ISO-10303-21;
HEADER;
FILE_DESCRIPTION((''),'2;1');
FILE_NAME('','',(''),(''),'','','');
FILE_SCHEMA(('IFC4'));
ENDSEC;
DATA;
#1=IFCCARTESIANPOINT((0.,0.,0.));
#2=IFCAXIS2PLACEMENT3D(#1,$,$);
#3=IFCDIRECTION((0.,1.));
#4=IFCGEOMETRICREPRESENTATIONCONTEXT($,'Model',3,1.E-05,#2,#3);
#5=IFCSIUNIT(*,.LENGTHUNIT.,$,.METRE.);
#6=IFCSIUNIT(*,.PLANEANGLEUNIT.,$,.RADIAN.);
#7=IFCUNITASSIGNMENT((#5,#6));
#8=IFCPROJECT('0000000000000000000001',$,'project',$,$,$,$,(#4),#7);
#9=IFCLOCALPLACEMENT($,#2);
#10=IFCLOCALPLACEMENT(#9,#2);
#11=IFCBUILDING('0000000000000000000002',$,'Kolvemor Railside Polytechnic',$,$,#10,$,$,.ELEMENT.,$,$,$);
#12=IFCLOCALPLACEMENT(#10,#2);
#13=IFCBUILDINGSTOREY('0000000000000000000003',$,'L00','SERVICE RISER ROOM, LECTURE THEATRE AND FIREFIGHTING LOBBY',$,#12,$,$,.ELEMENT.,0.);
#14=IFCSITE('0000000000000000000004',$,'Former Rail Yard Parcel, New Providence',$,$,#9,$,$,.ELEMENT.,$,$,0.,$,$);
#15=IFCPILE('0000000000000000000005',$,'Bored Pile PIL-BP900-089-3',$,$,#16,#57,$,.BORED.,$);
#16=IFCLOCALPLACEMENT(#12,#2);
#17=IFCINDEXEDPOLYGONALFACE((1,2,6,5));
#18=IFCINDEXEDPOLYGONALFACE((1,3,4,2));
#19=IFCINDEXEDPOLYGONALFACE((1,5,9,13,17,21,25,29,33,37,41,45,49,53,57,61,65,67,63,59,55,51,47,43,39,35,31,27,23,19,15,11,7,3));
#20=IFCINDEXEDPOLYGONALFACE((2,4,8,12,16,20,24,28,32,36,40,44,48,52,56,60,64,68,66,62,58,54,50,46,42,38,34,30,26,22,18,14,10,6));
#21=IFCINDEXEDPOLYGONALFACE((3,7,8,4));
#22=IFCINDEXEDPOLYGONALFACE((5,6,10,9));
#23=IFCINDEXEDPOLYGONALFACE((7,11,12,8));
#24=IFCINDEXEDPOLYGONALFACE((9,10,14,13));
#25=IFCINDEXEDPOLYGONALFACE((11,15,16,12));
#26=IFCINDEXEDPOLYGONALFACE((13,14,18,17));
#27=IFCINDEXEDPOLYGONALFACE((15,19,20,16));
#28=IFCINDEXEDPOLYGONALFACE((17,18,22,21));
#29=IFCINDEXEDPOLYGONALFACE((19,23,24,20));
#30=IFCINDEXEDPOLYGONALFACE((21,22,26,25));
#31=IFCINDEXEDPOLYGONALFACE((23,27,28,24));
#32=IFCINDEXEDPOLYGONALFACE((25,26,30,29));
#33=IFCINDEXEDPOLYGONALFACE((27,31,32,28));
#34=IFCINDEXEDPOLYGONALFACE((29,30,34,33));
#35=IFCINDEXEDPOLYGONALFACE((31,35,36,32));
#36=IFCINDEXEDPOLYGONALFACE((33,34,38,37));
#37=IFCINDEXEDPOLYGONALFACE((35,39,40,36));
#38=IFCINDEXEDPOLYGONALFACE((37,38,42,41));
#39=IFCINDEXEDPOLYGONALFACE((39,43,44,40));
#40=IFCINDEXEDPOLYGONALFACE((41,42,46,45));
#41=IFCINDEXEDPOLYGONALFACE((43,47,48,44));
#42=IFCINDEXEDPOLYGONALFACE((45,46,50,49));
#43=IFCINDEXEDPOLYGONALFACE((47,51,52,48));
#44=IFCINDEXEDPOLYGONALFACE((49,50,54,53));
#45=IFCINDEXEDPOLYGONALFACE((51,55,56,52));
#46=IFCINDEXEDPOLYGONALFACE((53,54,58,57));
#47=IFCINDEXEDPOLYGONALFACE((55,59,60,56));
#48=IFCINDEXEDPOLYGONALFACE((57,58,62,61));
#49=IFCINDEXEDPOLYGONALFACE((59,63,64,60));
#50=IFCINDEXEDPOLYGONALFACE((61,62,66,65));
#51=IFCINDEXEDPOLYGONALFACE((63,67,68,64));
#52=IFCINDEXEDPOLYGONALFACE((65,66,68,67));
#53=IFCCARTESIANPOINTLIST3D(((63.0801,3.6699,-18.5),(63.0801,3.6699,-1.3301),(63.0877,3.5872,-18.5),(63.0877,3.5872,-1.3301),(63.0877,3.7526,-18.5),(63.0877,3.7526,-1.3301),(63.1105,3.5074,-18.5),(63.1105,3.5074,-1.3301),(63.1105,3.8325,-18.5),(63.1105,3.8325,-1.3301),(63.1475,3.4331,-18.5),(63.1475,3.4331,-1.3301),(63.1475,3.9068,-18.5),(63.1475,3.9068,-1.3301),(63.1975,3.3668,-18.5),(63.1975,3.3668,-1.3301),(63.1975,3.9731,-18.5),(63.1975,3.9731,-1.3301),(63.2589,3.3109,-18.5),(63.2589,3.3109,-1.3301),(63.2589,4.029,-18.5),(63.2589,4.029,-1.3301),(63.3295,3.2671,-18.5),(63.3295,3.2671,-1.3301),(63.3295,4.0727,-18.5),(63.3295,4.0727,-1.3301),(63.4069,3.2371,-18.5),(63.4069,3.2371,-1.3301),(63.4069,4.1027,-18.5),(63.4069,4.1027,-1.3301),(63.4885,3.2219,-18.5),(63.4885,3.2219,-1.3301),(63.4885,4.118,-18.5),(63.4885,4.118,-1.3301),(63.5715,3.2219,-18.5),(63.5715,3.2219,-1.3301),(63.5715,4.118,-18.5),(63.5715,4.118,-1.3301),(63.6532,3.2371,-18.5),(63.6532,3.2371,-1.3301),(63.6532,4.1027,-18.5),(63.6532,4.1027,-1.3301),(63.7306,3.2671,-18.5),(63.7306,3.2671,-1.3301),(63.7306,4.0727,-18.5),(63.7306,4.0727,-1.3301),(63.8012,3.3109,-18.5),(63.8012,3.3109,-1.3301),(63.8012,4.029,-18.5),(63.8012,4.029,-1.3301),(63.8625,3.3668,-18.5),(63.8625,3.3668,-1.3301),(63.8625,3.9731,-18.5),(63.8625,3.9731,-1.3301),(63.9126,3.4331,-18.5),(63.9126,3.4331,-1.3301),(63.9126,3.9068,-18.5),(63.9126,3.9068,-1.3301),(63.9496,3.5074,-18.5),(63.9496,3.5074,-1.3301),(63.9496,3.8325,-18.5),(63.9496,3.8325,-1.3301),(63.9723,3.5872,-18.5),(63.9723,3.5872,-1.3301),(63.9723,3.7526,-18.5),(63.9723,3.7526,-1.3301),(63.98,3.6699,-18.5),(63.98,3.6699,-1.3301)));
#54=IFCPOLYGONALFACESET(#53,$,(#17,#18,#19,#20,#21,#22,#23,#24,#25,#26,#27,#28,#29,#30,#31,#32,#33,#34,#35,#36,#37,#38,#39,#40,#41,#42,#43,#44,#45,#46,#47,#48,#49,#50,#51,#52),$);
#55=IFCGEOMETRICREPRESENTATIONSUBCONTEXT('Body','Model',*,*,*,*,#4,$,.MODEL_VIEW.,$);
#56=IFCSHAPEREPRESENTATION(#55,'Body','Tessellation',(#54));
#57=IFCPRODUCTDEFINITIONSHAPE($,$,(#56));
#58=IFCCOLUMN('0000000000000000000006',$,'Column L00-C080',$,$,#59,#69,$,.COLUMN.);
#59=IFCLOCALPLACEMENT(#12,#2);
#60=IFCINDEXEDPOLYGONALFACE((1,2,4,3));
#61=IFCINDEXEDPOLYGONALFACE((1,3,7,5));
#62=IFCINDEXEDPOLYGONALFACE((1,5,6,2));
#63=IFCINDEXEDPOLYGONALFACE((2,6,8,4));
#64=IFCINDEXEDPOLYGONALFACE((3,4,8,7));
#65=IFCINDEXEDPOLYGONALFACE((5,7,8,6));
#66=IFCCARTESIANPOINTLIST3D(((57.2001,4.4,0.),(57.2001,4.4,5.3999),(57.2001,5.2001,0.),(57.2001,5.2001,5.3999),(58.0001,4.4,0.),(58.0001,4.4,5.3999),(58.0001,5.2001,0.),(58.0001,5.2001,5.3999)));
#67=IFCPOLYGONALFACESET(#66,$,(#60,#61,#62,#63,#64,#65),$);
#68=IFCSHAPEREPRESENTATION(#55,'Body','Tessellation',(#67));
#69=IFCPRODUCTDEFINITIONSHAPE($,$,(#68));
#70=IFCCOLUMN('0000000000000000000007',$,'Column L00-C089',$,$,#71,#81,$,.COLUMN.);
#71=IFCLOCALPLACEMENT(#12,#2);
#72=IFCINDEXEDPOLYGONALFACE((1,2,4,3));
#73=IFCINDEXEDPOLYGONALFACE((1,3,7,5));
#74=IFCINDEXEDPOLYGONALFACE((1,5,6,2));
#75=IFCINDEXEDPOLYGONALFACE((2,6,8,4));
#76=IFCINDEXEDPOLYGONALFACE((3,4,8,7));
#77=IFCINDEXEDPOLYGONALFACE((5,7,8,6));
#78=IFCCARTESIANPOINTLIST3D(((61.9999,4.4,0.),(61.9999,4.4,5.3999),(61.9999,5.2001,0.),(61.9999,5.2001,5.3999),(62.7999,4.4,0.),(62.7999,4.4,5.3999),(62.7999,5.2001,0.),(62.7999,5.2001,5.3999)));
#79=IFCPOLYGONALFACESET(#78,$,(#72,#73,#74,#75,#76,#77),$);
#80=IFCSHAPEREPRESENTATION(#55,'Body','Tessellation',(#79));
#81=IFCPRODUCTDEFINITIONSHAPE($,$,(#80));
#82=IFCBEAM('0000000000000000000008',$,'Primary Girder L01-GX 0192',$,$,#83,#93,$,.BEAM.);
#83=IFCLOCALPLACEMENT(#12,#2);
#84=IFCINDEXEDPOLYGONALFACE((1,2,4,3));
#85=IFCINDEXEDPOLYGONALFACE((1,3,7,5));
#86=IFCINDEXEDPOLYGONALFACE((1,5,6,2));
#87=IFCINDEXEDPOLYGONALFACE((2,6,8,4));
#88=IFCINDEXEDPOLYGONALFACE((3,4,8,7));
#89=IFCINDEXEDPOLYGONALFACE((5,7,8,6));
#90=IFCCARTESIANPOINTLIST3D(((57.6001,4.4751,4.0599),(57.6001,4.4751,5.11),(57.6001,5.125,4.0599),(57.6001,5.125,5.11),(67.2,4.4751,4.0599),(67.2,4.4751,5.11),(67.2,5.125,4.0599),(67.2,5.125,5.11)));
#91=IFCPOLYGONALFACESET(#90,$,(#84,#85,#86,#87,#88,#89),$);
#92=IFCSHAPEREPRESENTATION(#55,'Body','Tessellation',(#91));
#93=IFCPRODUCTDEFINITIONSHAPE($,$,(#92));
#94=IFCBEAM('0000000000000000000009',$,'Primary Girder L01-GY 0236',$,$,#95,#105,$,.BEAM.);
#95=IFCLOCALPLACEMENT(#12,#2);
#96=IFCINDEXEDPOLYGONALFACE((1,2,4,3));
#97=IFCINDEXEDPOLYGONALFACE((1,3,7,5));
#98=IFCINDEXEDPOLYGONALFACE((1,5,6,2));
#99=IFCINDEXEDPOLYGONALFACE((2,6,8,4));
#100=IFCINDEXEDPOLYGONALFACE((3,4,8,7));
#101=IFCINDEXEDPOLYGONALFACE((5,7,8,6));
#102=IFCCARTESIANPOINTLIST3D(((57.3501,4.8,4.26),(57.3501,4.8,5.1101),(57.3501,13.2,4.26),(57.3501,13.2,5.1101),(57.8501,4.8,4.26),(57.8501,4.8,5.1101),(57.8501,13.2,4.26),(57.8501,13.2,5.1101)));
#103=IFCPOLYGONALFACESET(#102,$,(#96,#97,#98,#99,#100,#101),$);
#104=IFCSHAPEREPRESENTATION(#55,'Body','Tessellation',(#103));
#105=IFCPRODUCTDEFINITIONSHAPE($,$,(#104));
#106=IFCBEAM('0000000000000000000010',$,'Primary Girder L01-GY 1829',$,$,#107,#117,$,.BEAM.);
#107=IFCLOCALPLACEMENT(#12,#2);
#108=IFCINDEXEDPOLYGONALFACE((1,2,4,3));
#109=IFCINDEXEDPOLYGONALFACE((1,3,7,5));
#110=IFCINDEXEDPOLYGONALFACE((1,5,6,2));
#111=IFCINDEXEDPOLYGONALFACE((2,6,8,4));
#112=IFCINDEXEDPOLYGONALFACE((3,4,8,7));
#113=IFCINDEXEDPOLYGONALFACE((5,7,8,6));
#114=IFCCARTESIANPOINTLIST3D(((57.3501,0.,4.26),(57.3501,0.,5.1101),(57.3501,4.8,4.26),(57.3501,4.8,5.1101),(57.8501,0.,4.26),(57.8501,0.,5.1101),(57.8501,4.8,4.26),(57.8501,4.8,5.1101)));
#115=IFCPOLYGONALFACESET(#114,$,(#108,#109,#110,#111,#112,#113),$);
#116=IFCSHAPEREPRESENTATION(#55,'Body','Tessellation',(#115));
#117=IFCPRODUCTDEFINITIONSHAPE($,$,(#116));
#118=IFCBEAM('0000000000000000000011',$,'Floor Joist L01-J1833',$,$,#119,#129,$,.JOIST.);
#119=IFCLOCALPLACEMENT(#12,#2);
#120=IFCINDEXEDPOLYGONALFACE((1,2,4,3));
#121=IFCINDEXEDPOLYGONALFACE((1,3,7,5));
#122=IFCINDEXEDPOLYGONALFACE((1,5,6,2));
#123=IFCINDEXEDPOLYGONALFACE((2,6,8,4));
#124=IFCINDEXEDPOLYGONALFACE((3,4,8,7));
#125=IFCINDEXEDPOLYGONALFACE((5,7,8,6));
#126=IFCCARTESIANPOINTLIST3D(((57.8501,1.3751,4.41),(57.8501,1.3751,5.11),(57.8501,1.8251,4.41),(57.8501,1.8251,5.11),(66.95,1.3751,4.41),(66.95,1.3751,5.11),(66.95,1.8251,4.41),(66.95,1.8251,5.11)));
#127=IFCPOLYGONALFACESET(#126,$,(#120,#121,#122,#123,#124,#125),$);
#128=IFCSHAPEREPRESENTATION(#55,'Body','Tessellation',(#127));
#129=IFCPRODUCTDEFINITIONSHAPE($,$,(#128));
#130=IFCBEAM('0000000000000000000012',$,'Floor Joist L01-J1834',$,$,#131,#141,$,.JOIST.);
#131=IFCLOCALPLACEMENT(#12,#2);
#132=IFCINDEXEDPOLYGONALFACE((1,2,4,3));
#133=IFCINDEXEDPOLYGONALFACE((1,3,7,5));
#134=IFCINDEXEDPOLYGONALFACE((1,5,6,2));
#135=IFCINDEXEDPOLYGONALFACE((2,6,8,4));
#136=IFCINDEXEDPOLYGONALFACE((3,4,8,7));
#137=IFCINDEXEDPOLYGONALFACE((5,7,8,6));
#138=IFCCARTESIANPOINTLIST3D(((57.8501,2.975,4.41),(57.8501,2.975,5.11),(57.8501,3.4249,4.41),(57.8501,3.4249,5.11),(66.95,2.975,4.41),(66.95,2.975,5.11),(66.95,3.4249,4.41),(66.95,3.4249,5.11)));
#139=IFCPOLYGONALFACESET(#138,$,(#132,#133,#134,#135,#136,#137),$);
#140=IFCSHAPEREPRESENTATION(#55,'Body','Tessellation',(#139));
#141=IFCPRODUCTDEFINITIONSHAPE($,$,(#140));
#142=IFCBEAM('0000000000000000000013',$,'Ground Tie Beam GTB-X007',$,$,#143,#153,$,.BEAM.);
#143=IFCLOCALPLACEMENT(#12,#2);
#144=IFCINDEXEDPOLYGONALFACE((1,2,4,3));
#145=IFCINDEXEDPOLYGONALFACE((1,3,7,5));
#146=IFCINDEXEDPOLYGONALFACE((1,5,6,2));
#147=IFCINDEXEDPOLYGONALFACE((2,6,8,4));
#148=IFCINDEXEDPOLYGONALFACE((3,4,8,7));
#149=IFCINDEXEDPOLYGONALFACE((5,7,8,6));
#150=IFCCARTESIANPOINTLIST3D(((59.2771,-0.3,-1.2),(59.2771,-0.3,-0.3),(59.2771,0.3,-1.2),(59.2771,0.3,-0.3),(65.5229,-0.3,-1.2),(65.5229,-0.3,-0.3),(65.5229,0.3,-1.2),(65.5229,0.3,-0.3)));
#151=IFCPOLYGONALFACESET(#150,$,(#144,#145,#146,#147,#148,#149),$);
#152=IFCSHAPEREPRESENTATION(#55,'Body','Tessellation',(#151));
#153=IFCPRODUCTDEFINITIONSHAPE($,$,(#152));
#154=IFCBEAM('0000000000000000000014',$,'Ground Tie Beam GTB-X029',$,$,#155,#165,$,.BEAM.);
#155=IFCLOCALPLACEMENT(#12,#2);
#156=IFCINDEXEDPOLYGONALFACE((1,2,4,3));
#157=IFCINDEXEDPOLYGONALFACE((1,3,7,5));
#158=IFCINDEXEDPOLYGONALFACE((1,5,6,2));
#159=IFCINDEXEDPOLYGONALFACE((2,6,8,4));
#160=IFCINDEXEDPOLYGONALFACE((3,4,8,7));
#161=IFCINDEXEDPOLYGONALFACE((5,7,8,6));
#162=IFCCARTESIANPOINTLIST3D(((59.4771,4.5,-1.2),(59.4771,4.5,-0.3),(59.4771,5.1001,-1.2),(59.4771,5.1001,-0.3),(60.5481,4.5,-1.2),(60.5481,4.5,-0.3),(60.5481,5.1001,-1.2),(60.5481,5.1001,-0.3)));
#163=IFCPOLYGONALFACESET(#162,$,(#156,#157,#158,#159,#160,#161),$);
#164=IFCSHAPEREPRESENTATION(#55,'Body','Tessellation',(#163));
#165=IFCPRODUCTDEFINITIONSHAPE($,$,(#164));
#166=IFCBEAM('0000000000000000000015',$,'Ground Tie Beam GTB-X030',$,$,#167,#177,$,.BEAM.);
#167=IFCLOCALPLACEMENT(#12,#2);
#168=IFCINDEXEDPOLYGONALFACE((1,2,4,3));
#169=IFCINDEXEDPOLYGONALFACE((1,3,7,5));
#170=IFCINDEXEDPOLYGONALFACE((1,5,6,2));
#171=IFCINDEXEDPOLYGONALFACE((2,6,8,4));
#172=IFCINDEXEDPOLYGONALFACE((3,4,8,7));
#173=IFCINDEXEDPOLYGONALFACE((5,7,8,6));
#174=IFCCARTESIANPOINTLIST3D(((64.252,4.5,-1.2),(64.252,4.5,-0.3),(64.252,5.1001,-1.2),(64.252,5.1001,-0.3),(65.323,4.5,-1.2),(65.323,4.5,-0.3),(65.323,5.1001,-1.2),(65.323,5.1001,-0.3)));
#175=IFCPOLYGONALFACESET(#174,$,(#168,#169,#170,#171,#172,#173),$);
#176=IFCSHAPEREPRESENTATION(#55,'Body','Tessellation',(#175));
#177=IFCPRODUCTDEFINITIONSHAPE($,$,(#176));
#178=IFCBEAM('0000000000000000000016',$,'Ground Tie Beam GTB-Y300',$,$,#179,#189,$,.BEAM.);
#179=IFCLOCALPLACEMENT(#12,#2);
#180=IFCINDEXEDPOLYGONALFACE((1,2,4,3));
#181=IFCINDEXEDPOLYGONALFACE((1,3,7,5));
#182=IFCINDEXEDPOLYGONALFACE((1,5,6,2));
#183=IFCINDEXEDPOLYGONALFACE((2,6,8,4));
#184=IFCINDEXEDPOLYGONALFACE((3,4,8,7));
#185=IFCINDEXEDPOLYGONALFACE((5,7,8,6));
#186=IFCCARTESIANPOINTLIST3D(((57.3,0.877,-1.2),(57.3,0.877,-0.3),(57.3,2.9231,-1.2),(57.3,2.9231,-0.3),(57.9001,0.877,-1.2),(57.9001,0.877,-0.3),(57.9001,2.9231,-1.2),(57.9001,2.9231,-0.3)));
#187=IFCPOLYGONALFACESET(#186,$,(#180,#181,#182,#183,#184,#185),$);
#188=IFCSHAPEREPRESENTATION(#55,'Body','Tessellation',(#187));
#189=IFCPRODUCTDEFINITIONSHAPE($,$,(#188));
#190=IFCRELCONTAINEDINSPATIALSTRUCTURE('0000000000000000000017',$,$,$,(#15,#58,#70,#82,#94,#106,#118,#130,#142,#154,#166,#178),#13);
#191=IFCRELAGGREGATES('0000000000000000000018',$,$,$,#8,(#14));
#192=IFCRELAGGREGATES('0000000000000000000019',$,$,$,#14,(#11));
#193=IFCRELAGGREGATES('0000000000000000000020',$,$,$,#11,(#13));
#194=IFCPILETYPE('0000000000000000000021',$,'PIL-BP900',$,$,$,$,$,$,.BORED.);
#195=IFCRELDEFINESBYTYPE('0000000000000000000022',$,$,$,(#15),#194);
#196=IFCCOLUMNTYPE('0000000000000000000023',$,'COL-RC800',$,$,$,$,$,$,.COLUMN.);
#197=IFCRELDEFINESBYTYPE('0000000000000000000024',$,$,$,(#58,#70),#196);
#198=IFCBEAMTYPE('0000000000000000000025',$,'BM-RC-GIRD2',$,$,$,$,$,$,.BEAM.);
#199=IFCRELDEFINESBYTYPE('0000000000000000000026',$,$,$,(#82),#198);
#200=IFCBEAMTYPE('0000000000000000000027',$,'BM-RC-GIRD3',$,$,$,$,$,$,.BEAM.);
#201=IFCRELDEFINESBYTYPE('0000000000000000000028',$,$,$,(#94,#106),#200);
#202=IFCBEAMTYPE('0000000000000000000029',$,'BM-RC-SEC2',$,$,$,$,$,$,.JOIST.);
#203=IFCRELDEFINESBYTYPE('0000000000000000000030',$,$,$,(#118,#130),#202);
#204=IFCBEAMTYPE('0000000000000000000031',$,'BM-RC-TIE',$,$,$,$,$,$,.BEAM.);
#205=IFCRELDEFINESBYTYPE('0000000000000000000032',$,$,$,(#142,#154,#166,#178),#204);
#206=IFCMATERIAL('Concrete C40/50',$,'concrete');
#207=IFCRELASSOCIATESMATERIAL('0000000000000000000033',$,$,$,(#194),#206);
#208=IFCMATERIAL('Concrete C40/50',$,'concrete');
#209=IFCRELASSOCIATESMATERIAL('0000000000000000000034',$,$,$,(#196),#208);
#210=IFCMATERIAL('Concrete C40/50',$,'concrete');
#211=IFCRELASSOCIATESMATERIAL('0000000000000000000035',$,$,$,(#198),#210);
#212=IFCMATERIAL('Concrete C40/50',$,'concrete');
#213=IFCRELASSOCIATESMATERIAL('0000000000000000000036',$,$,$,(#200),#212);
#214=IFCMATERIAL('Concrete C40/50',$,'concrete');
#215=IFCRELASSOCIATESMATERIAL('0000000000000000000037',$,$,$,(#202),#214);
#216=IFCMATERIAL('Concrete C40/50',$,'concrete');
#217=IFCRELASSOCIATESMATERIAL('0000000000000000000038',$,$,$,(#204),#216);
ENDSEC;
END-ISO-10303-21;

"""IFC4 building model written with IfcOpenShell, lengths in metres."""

from ifc_helpers import new_model, si_unit, direction, frame, origin, origin_2d, place, context, subcontext, project, spatial, rectangle, circle, extrude, material, material_profile, profile_set, type_object, element, save


model = new_model("IFC4")

# Units and contexts
model_context = context("Model", 3, precision=1e-05, world=origin(), true_north=direction((0.0, 1.0)))
body_context = subcontext(model_context, "Body", "Model", "MODEL_VIEW")
ifc_project = project(units=[si_unit("LENGTHUNIT", "METRE"), si_unit("PLANEANGLEUNIT", "RADIAN")], contexts=[model_context])

# Site, building, storey
site_placement = place(None, origin())
site = spatial("IfcSite", under=ifc_project, at=site_placement, Name="Former Rail Yard Parcel, New Providence", CompositionType="ELEMENT", RefElevation=0.0)
building_placement = place(site_placement, origin())
building = spatial("IfcBuilding", under=site, at=building_placement, Name="Kolvemor Railside Polytechnic", CompositionType="ELEMENT")
storey_placement = place(building_placement, origin())
storey = spatial("IfcBuildingStorey", under=building, at=storey_placement, Name="L00", Description="SERVICE RISER ROOM, LECTURE THEATRE AND FIREFIGHTING LOBBY", CompositionType="ELEMENT", Elevation=0.0)

# Pile
ifc_material_1 = material(Name="Concrete C40/50", Category="concrete")
ifc_material_profile_1 = material_profile(ifc_material_1, circle(Radius=0.45, at=origin_2d()), Name="BP900")
ifc_profile_set_1 = profile_set([ifc_material_profile_1], Name="Concrete C40/50")
pile_type_1 = type_object("IfcPileType", Name="PIL-BP900", PredefinedType="BORED", material=ifc_profile_set_1)
for number, where, z_axis, x_axis, name in (
    (1, (63.53, 3.6699, -1.3301), (0.0, 0.0, -1.0), (1.0, 0.0, 0.0), "Bored Pile PIL-BP900-089-3"),
):
    element("IfcPile", number, at=place(storey_placement, frame(where, z_axis=z_axis, x_axis=x_axis)), inside=storey, type_object=pile_type_1, Name=name, PredefinedType="BORED", context=body_context, shape_type="SweptSolid", body=[
        extrude(circle(Radius=0.45, at=origin_2d()), origin(), (0.0, 0.0, 1.0), 17.1699),
    ])

# Columns
ifc_material_2 = material(Name="Concrete C40/50", Category="concrete")
ifc_material_profile_2 = material_profile(ifc_material_2, rectangle(XDim=0.8, YDim=0.8, at=origin_2d()), Name="RC800x800")
ifc_profile_set_2 = profile_set([ifc_material_profile_2], Name="Concrete C40/50")
column_type = type_object("IfcColumnType", Name="COL-RC800", PredefinedType="COLUMN", material=ifc_profile_set_2)
for number, where, z_axis, x_axis, name in (
    (2, (57.6001, 4.8, 0.0), (0.0, 0.0, 1.0), (1.0, 0.0, 0.0), "Column L00-C080"),
    (3, (62.3999, 4.8, 0.0), (0.0, 0.0, 1.0), (1.0, 0.0, 0.0), "Column L00-C089"),
):
    element("IfcColumn", number, at=place(storey_placement, frame(where, z_axis=z_axis, x_axis=x_axis)), inside=storey, type_object=column_type, Name=name, PredefinedType="COLUMN", context=body_context, shape_type="SweptSolid", body=[
        extrude(rectangle(XDim=0.8, YDim=0.8, at=origin_2d()), origin(), (0.0, 0.0, 1.0), 5.3999),
    ])

# Beams
ifc_material_3 = material(Name="Concrete C40/50", Category="concrete")
ifc_material_profile_3 = material_profile(ifc_material_3, rectangle(XDim=0.6499, YDim=1.05, at=origin_2d()), Name="RC650x1050")
ifc_profile_set_3 = profile_set([ifc_material_profile_3], Name="Concrete C40/50")
beam_type_1 = type_object("IfcBeamType", Name="BM-RC-GIRD2", PredefinedType="BEAM", material=ifc_profile_set_3)
beam_1_placement = place(storey_placement, frame((57.6001, 4.8, 4.585), z_axis=(1.0, 0.0, 0.0), x_axis=(0.0, 1.0, 0.0)))
element("IfcBeam", 4, at=beam_1_placement, inside=storey, type_object=beam_type_1, Name="Primary Girder L01-GX 0192", PredefinedType="BEAM", context=body_context, shape_type="SweptSolid", body=[
    extrude(rectangle(XDim=0.6499, YDim=1.05, at=origin_2d()), origin(), (0.0, 0.0, 1.0), 9.5999),
])
ifc_material_4 = material(Name="Concrete C40/50", Category="concrete")
ifc_material_profile_4 = material_profile(ifc_material_4, rectangle(XDim=0.5, YDim=0.8501, at=origin_2d()), Name="RC500x850")
ifc_profile_set_4 = profile_set([ifc_material_profile_4], Name="Concrete C40/50")
beam_type_2 = type_object("IfcBeamType", Name="BM-RC-GIRD3", PredefinedType="BEAM", material=ifc_profile_set_4)
beam_2_placement = place(storey_placement, frame((57.6001, 4.8, 4.6851), z_axis=(0.0, 1.0, 0.0), x_axis=(-1.0, 0.0, 0.0)))
element("IfcBeam", 5, at=beam_2_placement, inside=storey, type_object=beam_type_2, Name="Primary Girder L01-GY 0236", PredefinedType="BEAM", context=body_context, shape_type="SweptSolid", body=[
    extrude(rectangle(XDim=0.5, YDim=0.8501, at=origin_2d()), origin(), (0.0, 0.0, 1.0), 8.3999),
])
beam_3_placement = place(storey_placement, frame((57.6001, 0.0, 4.6851), z_axis=(0.0, 1.0, 0.0), x_axis=(-1.0, 0.0, 0.0)))
element("IfcBeam", 6, at=beam_3_placement, inside=storey, type_object=beam_type_2, Name="Primary Girder L01-GY 1829", PredefinedType="BEAM", context=body_context, shape_type="SweptSolid", body=[
    extrude(rectangle(XDim=0.5, YDim=0.8501, at=origin_2d()), origin(), (0.0, 0.0, 1.0), 4.8),
])
ifc_material_5 = material(Name="Concrete C40/50", Category="concrete")
ifc_material_profile_5 = material_profile(ifc_material_5, rectangle(XDim=0.45, YDim=0.7, at=origin_2d()), Name="RC450x700")
ifc_profile_set_5 = profile_set([ifc_material_profile_5], Name="Concrete C40/50")
beam_type_3 = type_object("IfcBeamType", Name="BM-RC-SEC2", PredefinedType="JOIST", material=ifc_profile_set_5)
for number, where, z_axis, x_axis, name in (
    (7, (57.8501, 1.6001, 4.76), (1.0, 0.0, 0.0), (0.0, 1.0, 0.0), "Floor Joist L01-J1833"),
    (8, (57.8501, 3.2, 4.76), (1.0, 0.0, 0.0), (0.0, 1.0, 0.0), "Floor Joist L01-J1834"),
):
    element("IfcBeam", number, at=place(storey_placement, frame(where, z_axis=z_axis, x_axis=x_axis)), inside=storey, type_object=beam_type_3, Name=name, PredefinedType="JOIST", context=body_context, shape_type="SweptSolid", body=[
        extrude(rectangle(XDim=0.45, YDim=0.7, at=origin_2d()), origin(), (0.0, 0.0, 1.0), 9.0999),
    ])
ifc_material_6 = material(Name="Concrete C40/50", Category="concrete")
ifc_material_profile_6 = material_profile(ifc_material_6, rectangle(XDim=0.6001, YDim=0.8999, at=origin_2d()), Name="RC600x900")
ifc_profile_set_6 = profile_set([ifc_material_profile_6], Name="Concrete C40/50")
beam_type_4 = type_object("IfcBeamType", Name="BM-RC-TIE", PredefinedType="BEAM", material=ifc_profile_set_6)
beam_4_placement = place(storey_placement, frame((59.2771, 0.0, -0.75), z_axis=(1.0, 0.0, 0.0), x_axis=(0.0, 1.0, 0.0)))
element("IfcBeam", 9, at=beam_4_placement, inside=storey, type_object=beam_type_4, Name="Ground Tie Beam GTB-X007", PredefinedType="BEAM", context=body_context, shape_type="SweptSolid", body=[
    extrude(rectangle(XDim=0.6001, YDim=0.8999, at=origin_2d()), origin(), (0.0, 0.0, 1.0), 6.2458),
])
for number, where, z_axis, x_axis, name in (
    (10, (59.4771, 4.8, -0.75), (1.0, 0.0, 0.0), (0.0, 1.0, 0.0), "Ground Tie Beam GTB-X029"),
    (11, (64.252, 4.8, -0.75), (1.0, 0.0, 0.0), (0.0, 1.0, 0.0), "Ground Tie Beam GTB-X030"),
):
    element("IfcBeam", number, at=place(storey_placement, frame(where, z_axis=z_axis, x_axis=x_axis)), inside=storey, type_object=beam_type_4, Name=name, PredefinedType="BEAM", context=body_context, shape_type="SweptSolid", body=[
        extrude(rectangle(XDim=0.6001, YDim=0.8999, at=origin_2d()), origin(), (0.0, 0.0, 1.0), 1.071),
    ])
beam_5_placement = place(storey_placement, frame((57.6001, 0.877, -0.75), z_axis=(0.0, 1.0, 0.0), x_axis=(-1.0, 0.0, 0.0)))
element("IfcBeam", 12, at=beam_5_placement, inside=storey, type_object=beam_type_4, Name="Ground Tie Beam GTB-Y300", PredefinedType="BEAM", context=body_context, shape_type="SweptSolid", body=[
    extrude(rectangle(XDim=0.6001, YDim=0.8999, at=origin_2d()), origin(), (0.0, 0.0, 1.0), 2.0461),
])

save(model, "model.ifc")
